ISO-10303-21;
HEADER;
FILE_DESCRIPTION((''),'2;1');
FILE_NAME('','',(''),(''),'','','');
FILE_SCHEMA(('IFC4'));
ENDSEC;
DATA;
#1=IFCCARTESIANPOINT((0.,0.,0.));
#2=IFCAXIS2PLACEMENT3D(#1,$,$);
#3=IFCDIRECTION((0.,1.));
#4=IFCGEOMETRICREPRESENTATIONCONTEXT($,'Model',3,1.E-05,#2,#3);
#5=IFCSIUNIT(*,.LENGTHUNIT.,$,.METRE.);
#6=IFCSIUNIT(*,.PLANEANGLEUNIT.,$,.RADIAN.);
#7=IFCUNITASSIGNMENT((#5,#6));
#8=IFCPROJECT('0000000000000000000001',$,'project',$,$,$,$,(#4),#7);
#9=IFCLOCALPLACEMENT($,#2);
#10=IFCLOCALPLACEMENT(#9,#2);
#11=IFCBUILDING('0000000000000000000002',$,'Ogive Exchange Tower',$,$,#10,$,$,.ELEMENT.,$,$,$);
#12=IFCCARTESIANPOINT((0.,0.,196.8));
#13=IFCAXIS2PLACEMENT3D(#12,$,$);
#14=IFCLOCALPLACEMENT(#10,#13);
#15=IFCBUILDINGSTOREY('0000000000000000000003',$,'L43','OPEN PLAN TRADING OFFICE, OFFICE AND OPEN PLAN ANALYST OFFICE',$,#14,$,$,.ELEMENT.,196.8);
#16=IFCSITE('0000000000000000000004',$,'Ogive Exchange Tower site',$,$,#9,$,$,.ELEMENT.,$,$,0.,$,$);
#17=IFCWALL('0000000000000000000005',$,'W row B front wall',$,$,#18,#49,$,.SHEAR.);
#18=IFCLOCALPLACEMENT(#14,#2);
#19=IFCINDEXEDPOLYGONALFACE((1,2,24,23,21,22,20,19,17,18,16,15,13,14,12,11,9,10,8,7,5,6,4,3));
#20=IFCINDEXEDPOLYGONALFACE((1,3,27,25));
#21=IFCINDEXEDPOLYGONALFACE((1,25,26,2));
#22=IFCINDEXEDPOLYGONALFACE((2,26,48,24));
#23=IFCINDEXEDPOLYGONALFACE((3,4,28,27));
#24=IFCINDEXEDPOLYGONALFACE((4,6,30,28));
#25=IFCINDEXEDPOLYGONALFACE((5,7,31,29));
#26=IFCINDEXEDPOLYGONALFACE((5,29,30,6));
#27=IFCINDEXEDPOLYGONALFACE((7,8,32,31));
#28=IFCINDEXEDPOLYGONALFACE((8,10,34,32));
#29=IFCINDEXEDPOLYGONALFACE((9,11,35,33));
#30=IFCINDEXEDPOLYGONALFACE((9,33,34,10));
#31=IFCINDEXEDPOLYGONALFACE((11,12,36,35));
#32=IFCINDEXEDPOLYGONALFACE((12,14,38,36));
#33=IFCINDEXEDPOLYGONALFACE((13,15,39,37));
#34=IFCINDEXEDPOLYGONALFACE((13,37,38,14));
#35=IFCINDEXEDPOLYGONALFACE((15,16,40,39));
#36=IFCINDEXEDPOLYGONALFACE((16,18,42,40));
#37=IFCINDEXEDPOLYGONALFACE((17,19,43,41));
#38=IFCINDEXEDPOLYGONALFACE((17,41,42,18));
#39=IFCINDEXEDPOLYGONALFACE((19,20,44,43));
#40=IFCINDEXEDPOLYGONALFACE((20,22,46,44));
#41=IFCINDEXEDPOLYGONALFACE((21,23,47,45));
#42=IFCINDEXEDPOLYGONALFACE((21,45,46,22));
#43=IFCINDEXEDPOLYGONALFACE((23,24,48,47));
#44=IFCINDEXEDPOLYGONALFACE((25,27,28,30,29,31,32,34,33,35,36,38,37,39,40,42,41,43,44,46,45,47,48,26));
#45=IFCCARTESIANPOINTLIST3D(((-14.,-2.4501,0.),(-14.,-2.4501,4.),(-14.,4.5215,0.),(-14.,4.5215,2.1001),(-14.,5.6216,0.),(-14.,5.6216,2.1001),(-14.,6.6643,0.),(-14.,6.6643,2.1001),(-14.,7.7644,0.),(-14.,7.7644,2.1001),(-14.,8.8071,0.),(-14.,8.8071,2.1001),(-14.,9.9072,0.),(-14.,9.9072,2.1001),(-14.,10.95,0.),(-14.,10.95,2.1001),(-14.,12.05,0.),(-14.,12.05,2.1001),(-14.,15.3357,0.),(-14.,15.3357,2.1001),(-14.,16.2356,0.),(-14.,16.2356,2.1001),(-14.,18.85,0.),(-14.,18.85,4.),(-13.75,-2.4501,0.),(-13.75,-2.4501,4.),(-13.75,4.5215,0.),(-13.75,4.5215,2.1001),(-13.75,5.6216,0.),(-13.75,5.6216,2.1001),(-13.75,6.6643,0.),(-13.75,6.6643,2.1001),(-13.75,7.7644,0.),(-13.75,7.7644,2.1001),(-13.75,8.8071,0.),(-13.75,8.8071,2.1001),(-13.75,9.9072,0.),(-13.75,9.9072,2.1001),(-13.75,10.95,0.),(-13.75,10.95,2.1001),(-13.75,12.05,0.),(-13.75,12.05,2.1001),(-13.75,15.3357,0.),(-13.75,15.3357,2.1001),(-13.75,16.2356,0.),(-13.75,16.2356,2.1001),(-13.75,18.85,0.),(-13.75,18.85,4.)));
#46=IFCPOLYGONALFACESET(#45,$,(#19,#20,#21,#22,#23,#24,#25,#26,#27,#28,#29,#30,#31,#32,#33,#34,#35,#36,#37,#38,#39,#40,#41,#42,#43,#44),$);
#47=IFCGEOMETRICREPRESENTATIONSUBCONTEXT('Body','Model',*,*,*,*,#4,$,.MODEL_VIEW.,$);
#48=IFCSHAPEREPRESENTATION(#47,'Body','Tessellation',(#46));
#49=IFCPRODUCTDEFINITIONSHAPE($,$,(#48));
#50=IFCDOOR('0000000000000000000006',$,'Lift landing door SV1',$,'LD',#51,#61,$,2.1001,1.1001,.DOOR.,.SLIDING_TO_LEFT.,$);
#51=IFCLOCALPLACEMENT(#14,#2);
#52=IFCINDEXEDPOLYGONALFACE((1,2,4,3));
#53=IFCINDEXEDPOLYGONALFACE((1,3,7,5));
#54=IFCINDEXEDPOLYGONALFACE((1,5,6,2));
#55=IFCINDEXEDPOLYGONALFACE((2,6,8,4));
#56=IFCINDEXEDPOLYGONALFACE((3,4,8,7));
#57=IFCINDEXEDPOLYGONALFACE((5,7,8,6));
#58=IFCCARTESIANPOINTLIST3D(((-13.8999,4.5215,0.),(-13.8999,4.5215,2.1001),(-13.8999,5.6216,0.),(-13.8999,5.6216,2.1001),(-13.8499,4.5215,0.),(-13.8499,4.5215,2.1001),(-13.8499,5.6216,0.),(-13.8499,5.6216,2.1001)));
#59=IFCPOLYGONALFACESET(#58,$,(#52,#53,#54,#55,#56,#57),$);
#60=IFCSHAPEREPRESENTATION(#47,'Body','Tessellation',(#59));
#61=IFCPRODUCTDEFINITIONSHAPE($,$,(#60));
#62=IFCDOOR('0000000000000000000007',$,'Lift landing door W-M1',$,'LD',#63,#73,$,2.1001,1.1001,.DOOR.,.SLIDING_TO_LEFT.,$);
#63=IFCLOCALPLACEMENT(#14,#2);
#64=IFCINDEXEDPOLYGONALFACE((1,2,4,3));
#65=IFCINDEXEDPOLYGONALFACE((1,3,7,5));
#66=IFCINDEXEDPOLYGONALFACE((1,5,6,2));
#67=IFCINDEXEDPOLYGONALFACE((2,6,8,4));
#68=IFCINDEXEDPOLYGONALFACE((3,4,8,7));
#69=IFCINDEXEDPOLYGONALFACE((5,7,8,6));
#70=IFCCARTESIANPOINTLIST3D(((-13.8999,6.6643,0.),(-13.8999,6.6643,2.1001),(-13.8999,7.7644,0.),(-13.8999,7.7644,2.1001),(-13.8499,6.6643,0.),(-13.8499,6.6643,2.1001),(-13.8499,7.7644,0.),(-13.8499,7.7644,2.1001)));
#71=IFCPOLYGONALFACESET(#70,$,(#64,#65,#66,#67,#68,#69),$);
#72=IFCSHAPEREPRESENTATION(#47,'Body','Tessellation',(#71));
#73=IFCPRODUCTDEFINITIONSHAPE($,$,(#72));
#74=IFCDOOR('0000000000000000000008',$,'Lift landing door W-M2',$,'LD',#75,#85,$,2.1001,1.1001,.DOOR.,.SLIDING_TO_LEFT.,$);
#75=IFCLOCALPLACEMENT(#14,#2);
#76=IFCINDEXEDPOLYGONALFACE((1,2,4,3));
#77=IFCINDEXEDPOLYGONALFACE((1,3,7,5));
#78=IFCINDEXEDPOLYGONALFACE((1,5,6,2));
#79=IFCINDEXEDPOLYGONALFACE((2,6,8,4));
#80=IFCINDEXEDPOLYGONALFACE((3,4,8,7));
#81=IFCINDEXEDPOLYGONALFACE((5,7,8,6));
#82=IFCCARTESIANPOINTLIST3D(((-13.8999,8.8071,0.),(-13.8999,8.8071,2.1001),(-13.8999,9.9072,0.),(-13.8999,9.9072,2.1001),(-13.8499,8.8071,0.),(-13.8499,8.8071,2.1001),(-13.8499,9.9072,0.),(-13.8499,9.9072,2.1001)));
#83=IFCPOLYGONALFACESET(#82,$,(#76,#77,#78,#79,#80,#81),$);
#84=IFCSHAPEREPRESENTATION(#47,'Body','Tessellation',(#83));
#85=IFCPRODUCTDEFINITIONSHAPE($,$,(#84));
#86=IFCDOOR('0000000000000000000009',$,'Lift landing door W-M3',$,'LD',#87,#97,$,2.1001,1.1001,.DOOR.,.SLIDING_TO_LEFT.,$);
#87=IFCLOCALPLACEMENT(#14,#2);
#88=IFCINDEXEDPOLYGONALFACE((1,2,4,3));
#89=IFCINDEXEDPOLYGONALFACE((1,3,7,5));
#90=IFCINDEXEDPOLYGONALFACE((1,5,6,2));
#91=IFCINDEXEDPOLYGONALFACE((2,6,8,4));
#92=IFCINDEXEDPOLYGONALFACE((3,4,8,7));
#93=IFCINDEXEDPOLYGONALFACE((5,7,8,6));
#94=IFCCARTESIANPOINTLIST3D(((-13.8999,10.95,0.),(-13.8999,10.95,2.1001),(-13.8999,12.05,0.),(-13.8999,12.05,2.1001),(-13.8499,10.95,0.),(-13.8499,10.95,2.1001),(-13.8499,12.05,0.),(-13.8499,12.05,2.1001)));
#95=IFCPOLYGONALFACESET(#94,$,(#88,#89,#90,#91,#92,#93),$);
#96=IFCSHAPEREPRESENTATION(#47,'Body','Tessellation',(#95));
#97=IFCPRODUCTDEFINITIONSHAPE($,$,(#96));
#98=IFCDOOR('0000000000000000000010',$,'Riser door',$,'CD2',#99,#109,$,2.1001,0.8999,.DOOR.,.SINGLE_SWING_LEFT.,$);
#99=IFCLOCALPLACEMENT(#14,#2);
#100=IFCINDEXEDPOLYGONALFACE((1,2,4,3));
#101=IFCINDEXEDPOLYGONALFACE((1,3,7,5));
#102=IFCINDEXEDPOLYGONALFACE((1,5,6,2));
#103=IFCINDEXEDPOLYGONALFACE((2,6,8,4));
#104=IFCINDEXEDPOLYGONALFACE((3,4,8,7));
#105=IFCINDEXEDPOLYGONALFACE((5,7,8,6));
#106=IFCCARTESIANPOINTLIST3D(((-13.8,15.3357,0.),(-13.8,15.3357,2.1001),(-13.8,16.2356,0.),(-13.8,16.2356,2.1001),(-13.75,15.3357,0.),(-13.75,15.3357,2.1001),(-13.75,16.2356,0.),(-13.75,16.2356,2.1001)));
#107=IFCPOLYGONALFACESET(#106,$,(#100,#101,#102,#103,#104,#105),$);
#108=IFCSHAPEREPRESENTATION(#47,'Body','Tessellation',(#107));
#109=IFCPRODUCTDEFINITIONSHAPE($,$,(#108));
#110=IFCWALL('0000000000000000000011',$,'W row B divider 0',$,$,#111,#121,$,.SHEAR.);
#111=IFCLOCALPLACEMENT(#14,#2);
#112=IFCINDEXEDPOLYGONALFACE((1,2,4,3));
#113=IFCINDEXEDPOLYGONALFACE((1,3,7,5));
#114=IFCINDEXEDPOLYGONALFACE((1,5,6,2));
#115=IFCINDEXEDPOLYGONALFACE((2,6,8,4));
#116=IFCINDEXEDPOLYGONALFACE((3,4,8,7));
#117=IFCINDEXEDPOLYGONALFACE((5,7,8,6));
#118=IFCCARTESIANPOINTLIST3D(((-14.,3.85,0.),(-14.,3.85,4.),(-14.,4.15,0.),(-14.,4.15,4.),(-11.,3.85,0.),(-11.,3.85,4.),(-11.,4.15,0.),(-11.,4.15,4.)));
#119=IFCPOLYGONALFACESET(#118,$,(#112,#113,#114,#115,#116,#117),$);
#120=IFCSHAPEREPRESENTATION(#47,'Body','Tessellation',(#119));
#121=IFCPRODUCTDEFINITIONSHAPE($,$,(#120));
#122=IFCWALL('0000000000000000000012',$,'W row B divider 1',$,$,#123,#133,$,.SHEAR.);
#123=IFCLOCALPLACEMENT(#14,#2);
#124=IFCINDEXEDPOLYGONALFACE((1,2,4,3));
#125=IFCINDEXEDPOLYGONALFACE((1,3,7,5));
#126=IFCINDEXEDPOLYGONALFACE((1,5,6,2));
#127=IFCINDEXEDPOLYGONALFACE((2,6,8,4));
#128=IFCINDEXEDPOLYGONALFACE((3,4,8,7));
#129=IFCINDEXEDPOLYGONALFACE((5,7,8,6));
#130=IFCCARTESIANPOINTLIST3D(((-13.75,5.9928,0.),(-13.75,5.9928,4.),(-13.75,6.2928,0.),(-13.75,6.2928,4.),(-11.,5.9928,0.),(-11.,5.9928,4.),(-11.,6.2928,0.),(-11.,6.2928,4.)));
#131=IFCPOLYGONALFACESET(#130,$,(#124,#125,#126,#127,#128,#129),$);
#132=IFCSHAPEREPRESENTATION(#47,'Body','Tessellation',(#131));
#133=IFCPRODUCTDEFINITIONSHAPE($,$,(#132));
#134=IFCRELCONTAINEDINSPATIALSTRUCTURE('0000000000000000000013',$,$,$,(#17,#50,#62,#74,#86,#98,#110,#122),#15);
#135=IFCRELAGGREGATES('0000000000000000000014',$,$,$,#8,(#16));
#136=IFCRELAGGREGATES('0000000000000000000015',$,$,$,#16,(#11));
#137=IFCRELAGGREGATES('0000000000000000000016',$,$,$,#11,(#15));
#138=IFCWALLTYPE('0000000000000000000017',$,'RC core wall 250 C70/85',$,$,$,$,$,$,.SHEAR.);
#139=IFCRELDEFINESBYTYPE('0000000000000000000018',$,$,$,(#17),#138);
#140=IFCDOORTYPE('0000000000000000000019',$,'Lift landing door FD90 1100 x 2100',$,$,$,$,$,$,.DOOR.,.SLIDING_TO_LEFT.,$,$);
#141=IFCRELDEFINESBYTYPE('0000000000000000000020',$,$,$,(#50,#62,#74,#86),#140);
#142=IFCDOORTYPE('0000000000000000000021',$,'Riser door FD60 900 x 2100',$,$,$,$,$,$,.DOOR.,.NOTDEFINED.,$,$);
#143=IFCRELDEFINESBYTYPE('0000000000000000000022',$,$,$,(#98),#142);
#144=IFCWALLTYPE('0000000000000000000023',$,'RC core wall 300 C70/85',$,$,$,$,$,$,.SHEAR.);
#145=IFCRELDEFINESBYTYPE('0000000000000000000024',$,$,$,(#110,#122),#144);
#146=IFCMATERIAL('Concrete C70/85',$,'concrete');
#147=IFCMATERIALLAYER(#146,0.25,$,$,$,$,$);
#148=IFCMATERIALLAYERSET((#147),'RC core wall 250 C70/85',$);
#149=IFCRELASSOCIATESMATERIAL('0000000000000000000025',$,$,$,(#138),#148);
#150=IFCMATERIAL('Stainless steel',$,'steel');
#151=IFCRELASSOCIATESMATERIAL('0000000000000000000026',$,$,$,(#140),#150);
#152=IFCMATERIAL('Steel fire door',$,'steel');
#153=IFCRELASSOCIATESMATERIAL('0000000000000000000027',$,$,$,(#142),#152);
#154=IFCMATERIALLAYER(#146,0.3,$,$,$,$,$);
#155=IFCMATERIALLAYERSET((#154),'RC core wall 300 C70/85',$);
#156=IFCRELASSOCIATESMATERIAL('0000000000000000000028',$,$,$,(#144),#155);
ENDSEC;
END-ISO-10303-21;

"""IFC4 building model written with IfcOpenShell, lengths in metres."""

from ifc_helpers import new_model, si_unit, direction, frame, frame_2d, origin, place, context, subcontext, project, spatial, rectangle, extrude, material, layer, layer_set, type_object, element, fill, save


model = new_model("IFC4")

# Units and contexts
model_context = context("Model", 3, precision=1e-05, world=origin(), true_north=direction((0.0, 1.0)))
body_context = subcontext(model_context, "Body", "Model", "MODEL_VIEW")
ifc_project = project(units=[si_unit("LENGTHUNIT", "METRE"), si_unit("PLANEANGLEUNIT", "RADIAN")], contexts=[model_context])

# Site, building, storey
site_placement = place(None, origin())
site = spatial("IfcSite", under=ifc_project, at=site_placement, Name="Ogive Exchange Tower site", CompositionType="ELEMENT", RefElevation=0.0)
building_placement = place(site_placement, origin())
building = spatial("IfcBuilding", under=site, at=building_placement, Name="Ogive Exchange Tower", CompositionType="ELEMENT")
storey_placement = place(building_placement, frame((0.0, 0.0, 196.8)))
storey = spatial("IfcBuildingStorey", under=building, at=storey_placement, Name="L43", Description="OPEN PLAN TRADING OFFICE, OFFICE AND OPEN PLAN ANALYST OFFICE", CompositionType="ELEMENT", Elevation=196.8)

# Wall, openings, doors
ifc_material_1 = material(Name="Concrete C70/85", Category="concrete")
ifc_layer_1 = layer(ifc_material_1, 0.25)
ifc_layer_set_1 = layer_set([ifc_layer_1], Name="RC core wall 250 C70/85")
wall_type_1 = type_object("IfcWallType", Name="RC core wall 250 C70/85", PredefinedType="SHEAR", material=ifc_layer_set_1)
wall_1_placement = place(storey_placement, frame((-13.875, -2.45, 0.0), z_axis=(0.0, 0.0, 1.0), x_axis=(0.0, 1.0, 0.0)))
wall_1 = element("IfcWall", 1, at=wall_1_placement, inside=storey, type_object=wall_type_1, Name="W row B front wall", PredefinedType="SHEAR", context=body_context, shape_type="SweptSolid", body=[
    extrude(rectangle(XDim=21.3, YDim=0.25, at=frame_2d((10.6499, 0.0))), origin(), (0.0, 0.0, 1.0), 4.0),
])
opening_1_placement = place(wall_1_placement, frame((17.7856, 0.0, 0.0)))
opening_1 = element("IfcOpeningElement", 2, at=opening_1_placement, cuts=wall_1, PredefinedType="OPENING", context=body_context, shape_type="SweptSolid", body=[
    extrude(rectangle(XDim=0.8999, YDim=2.1001, at=frame_2d((0.45, 1.05))), frame((0.0, 0.135, 0.0), z_axis=(0.0, -1.0, 0.0), x_axis=(1.0, 0.0, 0.0)), (0.0, 0.0, 1.0), 0.27),
])
opening_2_placement = place(wall_1_placement, frame((6.9714, 0.0, 0.0)))
opening_2 = element("IfcOpeningElement", 3, at=opening_2_placement, cuts=wall_1, PredefinedType="OPENING", context=body_context, shape_type="SweptSolid", body=[
    extrude(rectangle(XDim=1.1001, YDim=2.1001, at=frame_2d((0.55, 1.05))), frame((0.0, 0.135, 0.0), z_axis=(0.0, -1.0, 0.0), x_axis=(1.0, 0.0, 0.0)), (0.0, 0.0, 1.0), 0.27),
])
opening_3_placement = place(wall_1_placement, frame((9.1143, 0.0, 0.0)))
opening_3 = element("IfcOpeningElement", 4, at=opening_3_placement, cuts=wall_1, PredefinedType="OPENING", context=body_context, shape_type="SweptSolid", body=[
    extrude(rectangle(XDim=1.1001, YDim=2.1001, at=frame_2d((0.55, 1.05))), frame((0.0, 0.135, 0.0), z_axis=(0.0, -1.0, 0.0), x_axis=(1.0, 0.0, 0.0)), (0.0, 0.0, 1.0), 0.27),
])
opening_4_placement = place(wall_1_placement, frame((11.2571, 0.0, 0.0)))
opening_4 = element("IfcOpeningElement", 5, at=opening_4_placement, cuts=wall_1, PredefinedType="OPENING", context=body_context, shape_type="SweptSolid", body=[
    extrude(rectangle(XDim=1.1001, YDim=2.1001, at=frame_2d((0.55, 1.05))), frame((0.0, 0.135, 0.0), z_axis=(0.0, -1.0, 0.0), x_axis=(1.0, 0.0, 0.0)), (0.0, 0.0, 1.0), 0.27),
])
opening_5_placement = place(wall_1_placement, frame((13.3999, 0.0, 0.0)))
opening_5 = element("IfcOpeningElement", 6, at=opening_5_placement, cuts=wall_1, PredefinedType="OPENING", context=body_context, shape_type="SweptSolid", body=[
    extrude(rectangle(XDim=1.1001, YDim=2.1001, at=frame_2d((0.55, 1.05))), frame((0.0, 0.135, 0.0), z_axis=(0.0, -1.0, 0.0), x_axis=(1.0, 0.0, 0.0)), (0.0, 0.0, 1.0), 0.27),
])
ifc_material_2 = material(Name="Stainless steel", Category="steel")
door_type_1 = type_object("IfcDoorType", Name="Lift landing door FD90 1100 x 2100", OperationType="SLIDING_TO_LEFT", PredefinedType="DOOR", material=ifc_material_2)
door_1_placement = place(opening_2_placement, origin())
door_1 = element("IfcDoor", 7, at=door_1_placement, inside=storey, type_object=door_type_1, Name="Lift landing door SV1", ObjectType="LD", OperationType="SLIDING_TO_LEFT", OverallHeight=2.1001, OverallWidth=1.1001, PredefinedType="DOOR", context=body_context, shape_type="SweptSolid", body=[
    extrude(rectangle(XDim=1.1001, YDim=2.1001, at=frame_2d((0.55, 1.05))), frame((0.0, 0.0249, 0.0), z_axis=(0.0, -1.0, 0.0), x_axis=(1.0, 0.0, 0.0)), (0.0, 0.0, 1.0), 0.05),
])
fill(opening_2, door_1)
door_2_placement = place(opening_3_placement, origin())
door_2 = element("IfcDoor", 8, at=door_2_placement, inside=storey, type_object=door_type_1, Name="Lift landing door W-M1", ObjectType="LD", OperationType="SLIDING_TO_LEFT", OverallHeight=2.1001, OverallWidth=1.1001, PredefinedType="DOOR", context=body_context, shape_type="SweptSolid", body=[
    extrude(rectangle(XDim=1.1001, YDim=2.1001, at=frame_2d((0.55, 1.05))), frame((0.0, 0.0249, 0.0), z_axis=(0.0, -1.0, 0.0), x_axis=(1.0, 0.0, 0.0)), (0.0, 0.0, 1.0), 0.05),
])
fill(opening_3, door_2)
door_3_placement = place(opening_4_placement, origin())
door_3 = element("IfcDoor", 9, at=door_3_placement, inside=storey, type_object=door_type_1, Name="Lift landing door W-M2", ObjectType="LD", OperationType="SLIDING_TO_LEFT", OverallHeight=2.1001, OverallWidth=1.1001, PredefinedType="DOOR", context=body_context, shape_type="SweptSolid", body=[
    extrude(rectangle(XDim=1.1001, YDim=2.1001, at=frame_2d((0.55, 1.05))), frame((0.0, 0.0249, 0.0), z_axis=(0.0, -1.0, 0.0), x_axis=(1.0, 0.0, 0.0)), (0.0, 0.0, 1.0), 0.05),
])
fill(opening_4, door_3)
door_4_placement = place(opening_5_placement, origin())
door_4 = element("IfcDoor", 10, at=door_4_placement, inside=storey, type_object=door_type_1, Name="Lift landing door W-M3", ObjectType="LD", OperationType="SLIDING_TO_LEFT", OverallHeight=2.1001, OverallWidth=1.1001, PredefinedType="DOOR", context=body_context, shape_type="SweptSolid", body=[
    extrude(rectangle(XDim=1.1001, YDim=2.1001, at=frame_2d((0.55, 1.05))), frame((0.0, 0.0249, 0.0), z_axis=(0.0, -1.0, 0.0), x_axis=(1.0, 0.0, 0.0)), (0.0, 0.0, 1.0), 0.05),
])
fill(opening_5, door_4)
ifc_material_3 = material(Name="Steel fire door", Category="steel")
door_type_2 = type_object("IfcDoorType", Name="Riser door FD60 900 x 2100", OperationType="NOTDEFINED", PredefinedType="DOOR", material=ifc_material_3)
door_5_placement = place(opening_1_placement, frame((0.8999, -0.2002, 0.0), z_axis=(0.0, 0.0, 1.0), x_axis=(-1.0, 0.0, 0.0)))
door_5 = element("IfcDoor", 11, at=door_5_placement, inside=storey, type_object=door_type_2, Name="Riser door", ObjectType="CD2", OperationType="SINGLE_SWING_LEFT", OverallHeight=2.1001, OverallWidth=0.8999, PredefinedType="DOOR", context=body_context, shape_type="SweptSolid", body=[
    extrude(rectangle(XDim=0.8999, YDim=2.1001, at=frame_2d((0.45, 1.05))), frame((0.0, -0.0752, 0.0), z_axis=(0.0, -1.0, 0.0), x_axis=(1.0, 0.0, 0.0)), (0.0, 0.0, 1.0), 0.05),
])
fill(opening_1, door_5)

# Walls
ifc_layer_2 = layer(ifc_material_1, 0.3)
ifc_layer_set_2 = layer_set([ifc_layer_2], Name="RC core wall 300 C70/85")
wall_type_2 = type_object("IfcWallType", Name="RC core wall 300 C70/85", PredefinedType="SHEAR", material=ifc_layer_set_2)
wall_2_placement = place(storey_placement, frame((-14.0, 4.0, 0.0), z_axis=(0.0, 0.0, 1.0), x_axis=(1.0, 0.0, 0.0)))
element("IfcWall", 12, at=wall_2_placement, inside=storey, type_object=wall_type_2, Name="W row B divider 0", PredefinedType="SHEAR", context=body_context, shape_type="SweptSolid", body=[
    extrude(rectangle(XDim=3.0, YDim=0.3, at=frame_2d((1.5, 0.0))), origin(), (0.0, 0.0, 1.0), 4.0),
])
wall_3_placement = place(storey_placement, frame((-13.75, 6.1428, 0.0), z_axis=(0.0, 0.0, 1.0), x_axis=(1.0, 0.0, 0.0)))
element("IfcWall", 13, at=wall_3_placement, inside=storey, type_object=wall_type_2, Name="W row B divider 1", PredefinedType="SHEAR", context=body_context, shape_type="SweptSolid", body=[
    extrude(rectangle(XDim=2.75, YDim=0.3, at=frame_2d((1.375, 0.0))), origin(), (0.0, 0.0, 1.0), 4.0),
])

save(model, "model.ifc")
